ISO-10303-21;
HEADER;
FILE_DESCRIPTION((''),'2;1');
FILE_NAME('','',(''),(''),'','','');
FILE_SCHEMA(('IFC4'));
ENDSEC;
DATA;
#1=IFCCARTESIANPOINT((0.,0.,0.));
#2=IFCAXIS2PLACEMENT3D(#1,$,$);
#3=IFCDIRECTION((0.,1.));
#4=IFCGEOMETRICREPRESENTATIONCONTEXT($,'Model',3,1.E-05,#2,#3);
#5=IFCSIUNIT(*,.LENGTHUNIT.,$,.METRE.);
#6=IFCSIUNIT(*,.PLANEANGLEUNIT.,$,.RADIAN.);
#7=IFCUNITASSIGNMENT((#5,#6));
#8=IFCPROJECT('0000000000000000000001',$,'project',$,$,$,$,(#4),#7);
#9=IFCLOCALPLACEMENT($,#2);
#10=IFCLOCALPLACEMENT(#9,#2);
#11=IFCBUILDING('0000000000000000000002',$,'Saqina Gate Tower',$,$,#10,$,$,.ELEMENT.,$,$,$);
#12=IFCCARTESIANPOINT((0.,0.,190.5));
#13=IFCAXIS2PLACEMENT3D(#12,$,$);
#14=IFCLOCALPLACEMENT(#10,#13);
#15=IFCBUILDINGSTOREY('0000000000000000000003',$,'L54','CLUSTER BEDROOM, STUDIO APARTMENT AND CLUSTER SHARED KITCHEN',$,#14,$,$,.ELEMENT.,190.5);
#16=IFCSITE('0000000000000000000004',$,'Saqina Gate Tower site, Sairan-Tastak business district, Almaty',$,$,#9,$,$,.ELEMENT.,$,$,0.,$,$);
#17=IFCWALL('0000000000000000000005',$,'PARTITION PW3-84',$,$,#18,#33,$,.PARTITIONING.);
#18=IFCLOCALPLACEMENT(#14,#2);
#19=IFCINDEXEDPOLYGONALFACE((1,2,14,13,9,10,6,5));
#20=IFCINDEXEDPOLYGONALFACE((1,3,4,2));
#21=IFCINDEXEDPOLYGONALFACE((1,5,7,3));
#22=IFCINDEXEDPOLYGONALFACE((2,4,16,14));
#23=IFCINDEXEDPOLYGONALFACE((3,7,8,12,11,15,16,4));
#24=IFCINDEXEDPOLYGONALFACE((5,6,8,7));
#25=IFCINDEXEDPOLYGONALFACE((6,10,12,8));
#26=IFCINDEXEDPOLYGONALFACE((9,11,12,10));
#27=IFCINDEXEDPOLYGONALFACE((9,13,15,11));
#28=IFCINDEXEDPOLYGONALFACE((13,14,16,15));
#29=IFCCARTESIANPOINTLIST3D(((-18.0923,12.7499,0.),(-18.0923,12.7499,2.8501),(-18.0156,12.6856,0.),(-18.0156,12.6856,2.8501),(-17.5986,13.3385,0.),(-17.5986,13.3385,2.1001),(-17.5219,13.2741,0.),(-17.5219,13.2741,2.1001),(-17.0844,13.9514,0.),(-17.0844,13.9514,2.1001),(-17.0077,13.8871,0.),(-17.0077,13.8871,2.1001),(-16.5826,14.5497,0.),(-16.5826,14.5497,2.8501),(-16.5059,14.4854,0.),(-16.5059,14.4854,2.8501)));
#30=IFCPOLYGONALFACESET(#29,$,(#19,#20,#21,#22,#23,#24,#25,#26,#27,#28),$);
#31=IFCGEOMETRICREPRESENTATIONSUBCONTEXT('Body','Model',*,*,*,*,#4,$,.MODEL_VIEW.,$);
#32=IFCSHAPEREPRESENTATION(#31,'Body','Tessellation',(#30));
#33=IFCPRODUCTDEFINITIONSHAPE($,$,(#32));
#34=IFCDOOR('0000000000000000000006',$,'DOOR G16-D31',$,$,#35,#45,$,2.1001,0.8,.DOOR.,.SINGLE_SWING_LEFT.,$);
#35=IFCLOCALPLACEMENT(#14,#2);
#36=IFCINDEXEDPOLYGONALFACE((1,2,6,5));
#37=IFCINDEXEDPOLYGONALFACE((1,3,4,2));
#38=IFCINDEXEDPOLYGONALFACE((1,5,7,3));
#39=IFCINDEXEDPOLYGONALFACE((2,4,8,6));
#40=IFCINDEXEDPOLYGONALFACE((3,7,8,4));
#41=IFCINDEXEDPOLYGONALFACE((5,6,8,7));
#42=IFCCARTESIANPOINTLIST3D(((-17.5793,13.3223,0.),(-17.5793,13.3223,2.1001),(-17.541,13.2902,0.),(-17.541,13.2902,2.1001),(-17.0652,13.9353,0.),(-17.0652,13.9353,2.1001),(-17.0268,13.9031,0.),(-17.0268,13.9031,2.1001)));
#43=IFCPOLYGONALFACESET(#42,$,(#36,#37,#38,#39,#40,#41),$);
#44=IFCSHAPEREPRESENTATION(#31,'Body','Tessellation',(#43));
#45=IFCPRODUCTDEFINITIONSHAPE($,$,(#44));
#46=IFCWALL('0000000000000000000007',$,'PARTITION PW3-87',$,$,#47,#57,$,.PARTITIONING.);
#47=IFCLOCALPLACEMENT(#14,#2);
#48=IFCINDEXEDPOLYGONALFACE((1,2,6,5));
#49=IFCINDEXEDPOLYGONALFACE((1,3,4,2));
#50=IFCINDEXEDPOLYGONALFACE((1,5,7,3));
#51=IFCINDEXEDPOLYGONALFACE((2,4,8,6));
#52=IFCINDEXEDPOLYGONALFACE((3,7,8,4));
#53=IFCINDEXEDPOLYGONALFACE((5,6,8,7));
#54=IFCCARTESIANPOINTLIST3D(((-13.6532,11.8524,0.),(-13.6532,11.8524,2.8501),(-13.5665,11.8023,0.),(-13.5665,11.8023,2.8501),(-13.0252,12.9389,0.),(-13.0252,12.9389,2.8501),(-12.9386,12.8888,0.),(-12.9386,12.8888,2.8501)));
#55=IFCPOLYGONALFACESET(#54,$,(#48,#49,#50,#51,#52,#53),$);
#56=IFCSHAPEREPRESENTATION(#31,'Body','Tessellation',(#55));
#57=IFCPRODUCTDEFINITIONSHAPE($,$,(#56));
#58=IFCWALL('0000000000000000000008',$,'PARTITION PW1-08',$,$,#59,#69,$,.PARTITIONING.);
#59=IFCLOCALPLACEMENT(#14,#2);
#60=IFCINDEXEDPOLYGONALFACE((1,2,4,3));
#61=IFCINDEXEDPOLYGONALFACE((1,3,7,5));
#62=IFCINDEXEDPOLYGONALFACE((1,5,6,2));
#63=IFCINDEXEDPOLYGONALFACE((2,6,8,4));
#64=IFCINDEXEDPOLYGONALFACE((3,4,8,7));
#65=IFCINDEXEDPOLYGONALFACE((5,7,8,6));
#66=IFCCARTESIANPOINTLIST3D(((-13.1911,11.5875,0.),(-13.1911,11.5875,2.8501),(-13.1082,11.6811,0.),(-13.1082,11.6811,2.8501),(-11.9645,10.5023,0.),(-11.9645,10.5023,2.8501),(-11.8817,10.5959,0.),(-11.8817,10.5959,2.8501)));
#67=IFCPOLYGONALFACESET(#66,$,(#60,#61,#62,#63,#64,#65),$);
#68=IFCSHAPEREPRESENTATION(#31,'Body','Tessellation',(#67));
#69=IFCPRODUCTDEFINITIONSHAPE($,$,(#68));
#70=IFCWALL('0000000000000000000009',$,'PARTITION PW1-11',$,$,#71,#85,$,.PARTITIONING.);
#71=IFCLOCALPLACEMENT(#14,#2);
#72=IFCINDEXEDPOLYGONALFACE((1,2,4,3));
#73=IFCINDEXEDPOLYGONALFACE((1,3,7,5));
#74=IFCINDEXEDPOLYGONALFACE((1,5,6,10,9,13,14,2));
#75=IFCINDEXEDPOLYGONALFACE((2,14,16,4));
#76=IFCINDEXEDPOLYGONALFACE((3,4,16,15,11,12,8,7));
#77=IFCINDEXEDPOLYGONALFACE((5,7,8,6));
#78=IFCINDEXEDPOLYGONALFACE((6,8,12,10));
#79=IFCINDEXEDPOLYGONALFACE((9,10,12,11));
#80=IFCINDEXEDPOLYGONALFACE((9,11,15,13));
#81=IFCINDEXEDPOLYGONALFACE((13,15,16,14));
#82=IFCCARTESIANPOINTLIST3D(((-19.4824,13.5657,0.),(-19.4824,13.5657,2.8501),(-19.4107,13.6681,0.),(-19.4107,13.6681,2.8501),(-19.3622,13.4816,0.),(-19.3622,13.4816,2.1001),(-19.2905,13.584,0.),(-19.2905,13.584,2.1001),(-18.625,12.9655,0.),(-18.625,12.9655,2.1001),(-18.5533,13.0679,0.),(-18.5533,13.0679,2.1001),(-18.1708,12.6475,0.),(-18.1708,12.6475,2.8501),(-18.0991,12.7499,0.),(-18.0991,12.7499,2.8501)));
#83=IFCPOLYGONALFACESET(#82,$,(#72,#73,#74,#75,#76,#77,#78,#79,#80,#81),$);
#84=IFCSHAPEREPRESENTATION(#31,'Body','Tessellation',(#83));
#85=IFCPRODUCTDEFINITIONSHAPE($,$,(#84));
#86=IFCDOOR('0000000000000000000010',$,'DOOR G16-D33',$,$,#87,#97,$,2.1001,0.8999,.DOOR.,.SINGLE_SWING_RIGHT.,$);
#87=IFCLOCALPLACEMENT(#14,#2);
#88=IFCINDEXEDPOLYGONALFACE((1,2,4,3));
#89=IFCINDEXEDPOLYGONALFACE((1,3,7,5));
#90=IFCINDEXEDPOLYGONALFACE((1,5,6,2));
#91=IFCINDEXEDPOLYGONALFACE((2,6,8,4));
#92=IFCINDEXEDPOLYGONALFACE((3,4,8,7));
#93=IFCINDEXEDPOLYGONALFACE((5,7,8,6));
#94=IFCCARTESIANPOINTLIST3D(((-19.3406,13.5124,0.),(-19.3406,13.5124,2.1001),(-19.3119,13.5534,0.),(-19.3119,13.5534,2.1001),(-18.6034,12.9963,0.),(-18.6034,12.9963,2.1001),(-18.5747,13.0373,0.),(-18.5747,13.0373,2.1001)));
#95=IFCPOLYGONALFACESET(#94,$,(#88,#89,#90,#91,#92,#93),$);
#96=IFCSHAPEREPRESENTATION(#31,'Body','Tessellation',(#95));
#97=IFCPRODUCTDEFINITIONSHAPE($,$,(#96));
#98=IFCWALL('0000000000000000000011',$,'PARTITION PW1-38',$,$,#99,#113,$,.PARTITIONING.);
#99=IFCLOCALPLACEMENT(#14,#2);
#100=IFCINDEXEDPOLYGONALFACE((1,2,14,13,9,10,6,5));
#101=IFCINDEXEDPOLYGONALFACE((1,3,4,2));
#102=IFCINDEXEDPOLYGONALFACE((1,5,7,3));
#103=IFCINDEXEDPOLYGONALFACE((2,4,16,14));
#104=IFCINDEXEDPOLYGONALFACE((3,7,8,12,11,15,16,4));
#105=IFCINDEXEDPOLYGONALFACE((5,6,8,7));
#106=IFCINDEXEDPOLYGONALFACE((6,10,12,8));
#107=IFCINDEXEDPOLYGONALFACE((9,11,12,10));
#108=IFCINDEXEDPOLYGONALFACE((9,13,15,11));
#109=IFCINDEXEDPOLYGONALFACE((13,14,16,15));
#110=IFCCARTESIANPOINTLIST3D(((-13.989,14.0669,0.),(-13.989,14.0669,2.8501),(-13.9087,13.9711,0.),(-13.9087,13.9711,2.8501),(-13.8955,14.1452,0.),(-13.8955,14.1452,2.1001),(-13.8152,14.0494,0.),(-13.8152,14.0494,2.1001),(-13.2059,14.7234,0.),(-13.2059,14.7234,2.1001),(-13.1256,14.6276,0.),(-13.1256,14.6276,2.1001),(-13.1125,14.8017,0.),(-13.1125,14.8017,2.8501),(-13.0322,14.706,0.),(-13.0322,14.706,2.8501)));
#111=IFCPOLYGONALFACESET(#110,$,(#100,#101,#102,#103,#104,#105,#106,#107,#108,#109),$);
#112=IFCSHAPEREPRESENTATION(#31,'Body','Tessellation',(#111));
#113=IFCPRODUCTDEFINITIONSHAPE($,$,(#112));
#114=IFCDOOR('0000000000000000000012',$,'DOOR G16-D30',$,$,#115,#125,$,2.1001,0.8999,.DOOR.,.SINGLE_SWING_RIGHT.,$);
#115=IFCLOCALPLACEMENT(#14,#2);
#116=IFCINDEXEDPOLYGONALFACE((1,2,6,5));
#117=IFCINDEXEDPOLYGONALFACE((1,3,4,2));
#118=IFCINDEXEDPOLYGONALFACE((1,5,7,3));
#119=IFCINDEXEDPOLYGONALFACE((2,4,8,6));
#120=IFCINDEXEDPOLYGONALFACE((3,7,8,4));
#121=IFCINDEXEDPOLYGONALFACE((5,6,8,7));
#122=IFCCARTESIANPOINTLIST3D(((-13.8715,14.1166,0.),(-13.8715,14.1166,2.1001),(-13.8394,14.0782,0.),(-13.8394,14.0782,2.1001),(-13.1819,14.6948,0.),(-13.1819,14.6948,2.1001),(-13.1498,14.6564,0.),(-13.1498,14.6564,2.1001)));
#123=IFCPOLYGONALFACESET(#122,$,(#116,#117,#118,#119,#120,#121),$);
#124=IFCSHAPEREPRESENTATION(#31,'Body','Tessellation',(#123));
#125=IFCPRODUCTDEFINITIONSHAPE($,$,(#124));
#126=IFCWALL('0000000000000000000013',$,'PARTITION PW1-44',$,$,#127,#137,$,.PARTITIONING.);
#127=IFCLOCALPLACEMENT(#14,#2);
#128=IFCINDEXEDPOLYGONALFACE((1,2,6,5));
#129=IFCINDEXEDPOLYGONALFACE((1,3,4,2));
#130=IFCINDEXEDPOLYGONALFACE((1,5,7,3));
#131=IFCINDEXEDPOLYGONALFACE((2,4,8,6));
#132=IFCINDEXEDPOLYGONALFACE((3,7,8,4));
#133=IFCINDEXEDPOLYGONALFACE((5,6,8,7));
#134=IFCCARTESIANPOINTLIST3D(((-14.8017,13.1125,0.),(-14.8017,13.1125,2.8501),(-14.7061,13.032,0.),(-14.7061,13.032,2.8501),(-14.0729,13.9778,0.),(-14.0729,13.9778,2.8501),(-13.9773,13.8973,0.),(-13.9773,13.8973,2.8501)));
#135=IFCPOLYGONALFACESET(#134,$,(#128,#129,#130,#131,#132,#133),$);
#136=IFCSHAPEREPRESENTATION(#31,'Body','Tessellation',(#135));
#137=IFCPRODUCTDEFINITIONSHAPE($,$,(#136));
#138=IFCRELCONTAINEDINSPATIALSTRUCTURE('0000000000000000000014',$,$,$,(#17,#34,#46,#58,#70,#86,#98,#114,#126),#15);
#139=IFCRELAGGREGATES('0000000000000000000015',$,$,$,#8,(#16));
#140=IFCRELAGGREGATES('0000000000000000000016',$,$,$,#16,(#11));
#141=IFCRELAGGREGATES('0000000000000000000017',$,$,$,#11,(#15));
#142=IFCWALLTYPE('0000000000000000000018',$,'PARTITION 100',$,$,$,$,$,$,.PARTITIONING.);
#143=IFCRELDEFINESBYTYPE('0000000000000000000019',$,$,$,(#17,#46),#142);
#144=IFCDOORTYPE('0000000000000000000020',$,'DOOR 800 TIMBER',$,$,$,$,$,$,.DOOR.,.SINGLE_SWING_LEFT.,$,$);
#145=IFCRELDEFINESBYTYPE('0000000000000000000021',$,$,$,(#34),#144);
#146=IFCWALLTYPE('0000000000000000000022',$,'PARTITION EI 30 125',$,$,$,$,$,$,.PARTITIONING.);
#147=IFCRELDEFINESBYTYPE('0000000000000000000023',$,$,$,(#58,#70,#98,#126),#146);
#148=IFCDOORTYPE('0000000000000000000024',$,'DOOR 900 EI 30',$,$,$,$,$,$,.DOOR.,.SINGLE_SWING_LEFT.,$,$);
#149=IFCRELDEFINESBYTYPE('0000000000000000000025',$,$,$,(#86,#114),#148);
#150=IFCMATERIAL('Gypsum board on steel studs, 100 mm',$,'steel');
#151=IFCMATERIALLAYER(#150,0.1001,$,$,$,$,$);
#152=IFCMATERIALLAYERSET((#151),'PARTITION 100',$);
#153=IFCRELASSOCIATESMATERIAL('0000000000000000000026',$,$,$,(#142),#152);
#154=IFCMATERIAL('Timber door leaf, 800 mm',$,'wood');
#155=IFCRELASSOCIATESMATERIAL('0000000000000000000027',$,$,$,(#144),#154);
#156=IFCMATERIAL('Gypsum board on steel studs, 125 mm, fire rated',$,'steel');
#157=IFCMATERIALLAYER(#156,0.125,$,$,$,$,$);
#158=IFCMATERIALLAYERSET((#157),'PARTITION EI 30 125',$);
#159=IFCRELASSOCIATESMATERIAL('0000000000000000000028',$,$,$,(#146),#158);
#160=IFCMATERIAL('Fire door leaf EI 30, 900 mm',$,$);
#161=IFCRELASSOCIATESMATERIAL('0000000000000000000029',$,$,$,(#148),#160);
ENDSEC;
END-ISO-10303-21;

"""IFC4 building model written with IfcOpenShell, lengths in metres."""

from ifc_helpers import new_model, si_unit, direction, frame, frame_2d, origin, place, context, subcontext, project, spatial, rectangle, extrude, material, layer, layer_set, type_object, element, fill, save


model = new_model("IFC4")

# Units and contexts
model_context = context("Model", 3, precision=1e-05, world=origin(), true_north=direction((0.0, 1.0)))
body_context = subcontext(model_context, "Body", "Model", "MODEL_VIEW")
ifc_project = project(units=[si_unit("LENGTHUNIT", "METRE"), si_unit("PLANEANGLEUNIT", "RADIAN")], contexts=[model_context])

# Site, building, storey
site_placement = place(None, origin())
site = spatial("IfcSite", under=ifc_project, at=site_placement, Name="Saqina Gate Tower site, Sairan-Tastak business district, Almaty", CompositionType="ELEMENT", RefElevation=0.0)
building_placement = place(site_placement, origin())
building = spatial("IfcBuilding", under=site, at=building_placement, Name="Saqina Gate Tower", CompositionType="ELEMENT")
storey_placement = place(building_placement, frame((0.0, 0.0, 190.5)))
storey = spatial("IfcBuildingStorey", under=building, at=storey_placement, Name="L54", Description="CLUSTER BEDROOM, STUDIO APARTMENT AND CLUSTER SHARED KITCHEN", CompositionType="ELEMENT", Elevation=190.5)

# Shared definitions
ifc_material_1 = material(Name="Gypsum board on steel studs, 100 mm", Category="steel")
ifc_layer_1 = layer(ifc_material_1, 0.1001)
ifc_layer_set_1 = layer_set([ifc_layer_1], Name="PARTITION 100")
wall_type_1 = type_object("IfcWallType", Name="PARTITION 100", PredefinedType="PARTITIONING", material=ifc_layer_set_1)
ifc_material_2 = material(Name="Timber door leaf, 800 mm", Category="wood")
door_type_1 = type_object("IfcDoorType", Name="DOOR 800 TIMBER", OperationType="SINGLE_SWING_LEFT", PredefinedType="DOOR", material=ifc_material_2)

# Wall, opening, door
wall_1_placement = place(storey_placement, frame((-18.054, 12.7178, 0.0), z_axis=(0.0, 0.0, 1.0), x_axis=(0.642675, 0.766139, 0.0)))
wall_1 = element("IfcWall", 1, at=wall_1_placement, inside=storey, type_object=wall_type_1, Name="PARTITION PW3-84", PredefinedType="PARTITIONING", context=body_context, shape_type="SweptSolid", body=[
    extrude(rectangle(XDim=2.3491, YDim=0.1001, at=frame_2d((1.1746, 0.0))), origin(), (0.0, 0.0, 1.0), 2.8501),
])
opening_1_placement = place(wall_1_placement, frame((0.7683, 0.0, 0.0)))
opening_1 = element("IfcOpeningElement", 2, at=opening_1_placement, cuts=wall_1, PredefinedType="OPENING", context=body_context, shape_type="SweptSolid", body=[
    extrude(rectangle(XDim=0.8, YDim=2.1001, at=frame_2d((0.3999, 1.05))), frame((0.0, 0.062, 0.0), z_axis=(0.0, -1.0, 0.0), x_axis=(1.0, 0.0, 0.0)), (0.0, 0.0, 1.0), 0.124),
])
door_1_placement = place(opening_1_placement, origin())
door_1 = element("IfcDoor", 3, at=door_1_placement, inside=storey, type_object=door_type_1, Name="DOOR G16-D31", OperationType="SINGLE_SWING_LEFT", OverallHeight=2.1001, OverallWidth=0.8, PredefinedType="DOOR", context=body_context, shape_type="SweptSolid", body=[
    extrude(rectangle(XDim=0.8, YDim=2.1001, at=frame_2d((0.3999, 1.05))), frame((0.0, 0.0249, 0.0), z_axis=(0.0, -1.0, 0.0), x_axis=(1.0, 0.0, 0.0)), (0.0, 0.0, 1.0), 0.05),
])
fill(opening_1, door_1)

# Walls
wall_2_placement = place(storey_placement, frame((-13.6099, 11.8274, 0.0), z_axis=(0.0, 0.0, 1.0), x_axis=(0.500407, 0.86579, 0.0)))
element("IfcWall", 4, at=wall_2_placement, inside=storey, type_object=wall_type_1, Name="PARTITION PW3-87", PredefinedType="PARTITIONING", context=body_context, shape_type="SweptSolid", body=[
    extrude(rectangle(XDim=1.2549, YDim=0.1001, at=frame_2d((0.6274, 0.0))), origin(), (0.0, 0.0, 1.0), 2.8501),
])
ifc_material_3 = material(Name="Gypsum board on steel studs, 125 mm, fire rated", Category="steel")
ifc_layer_2 = layer(ifc_material_3, 0.125)
ifc_layer_set_2 = layer_set([ifc_layer_2], Name="PARTITION EI 30 125")
wall_type_2 = type_object("IfcWallType", Name="PARTITION EI 30 125", PredefinedType="PARTITIONING", material=ifc_layer_set_2)
wall_3_placement = place(storey_placement, frame((-13.1497, 11.6343, 0.0), z_axis=(0.0, 0.0, 1.0), x_axis=(0.748945, -0.662632, 0.0)))
element("IfcWall", 5, at=wall_3_placement, inside=storey, type_object=wall_type_2, Name="PARTITION PW1-08", PredefinedType="PARTITIONING", context=body_context, shape_type="SweptSolid", body=[
    extrude(rectangle(XDim=1.6377, YDim=0.125, at=frame_2d((0.8188, 0.0))), origin(), (0.0, 0.0, 1.0), 2.8501),
])

# Walls, openings, doors
wall_4_placement = place(storey_placement, frame((-19.4465, 13.6169, 0.0), z_axis=(0.0, 0.0, 1.0), x_axis=(0.819189, -0.573524, 0.0)))
wall_4 = element("IfcWall", 6, at=wall_4_placement, inside=storey, type_object=wall_type_2, Name="PARTITION PW1-11", PredefinedType="PARTITIONING", context=body_context, shape_type="SweptSolid", body=[
    extrude(rectangle(XDim=1.6011, YDim=0.125, at=frame_2d((0.8005, 0.0))), origin(), (0.0, 0.0, 1.0), 2.8501),
])
opening_2_placement = place(wall_4_placement, frame((0.1467, 0.0, 0.0)))
opening_2 = element("IfcOpeningElement", 7, at=opening_2_placement, cuts=wall_4, PredefinedType="OPENING", context=body_context, shape_type="SweptSolid", body=[
    extrude(rectangle(XDim=0.8999, YDim=2.1001, at=frame_2d((0.45, 1.05))), frame((0.0, 0.0745, 0.0), z_axis=(0.0, -1.0, 0.0), x_axis=(1.0, 0.0, 0.0)), (0.0, 0.0, 1.0), 0.1489),
])
ifc_material_4 = material(Name="Fire door leaf EI 30, 900 mm")
door_type_2 = type_object("IfcDoorType", Name="DOOR 900 EI 30", OperationType="SINGLE_SWING_LEFT", PredefinedType="DOOR", material=ifc_material_4)
door_2_placement = place(opening_2_placement, frame((0.8999, 0.0, 0.0), z_axis=(0.0, 0.0, 1.0), x_axis=(-1.0, 0.0, 0.0)))
door_2 = element("IfcDoor", 8, at=door_2_placement, inside=storey, type_object=door_type_2, Name="DOOR G16-D33", OperationType="SINGLE_SWING_RIGHT", OverallHeight=2.1001, OverallWidth=0.8999, PredefinedType="DOOR", context=body_context, shape_type="SweptSolid", body=[
    extrude(rectangle(XDim=0.8999, YDim=2.1001, at=frame_2d((0.45, 1.05))), frame((0.0, 0.0249, 0.0), z_axis=(0.0, -1.0, 0.0), x_axis=(1.0, 0.0, 0.0)), (0.0, 0.0, 1.0), 0.05),
])
fill(opening_2, door_2)
wall_5_placement = place(storey_placement, frame((-13.9487, 14.019, 0.0), z_axis=(0.0, 0.0, 1.0), x_axis=(0.766293, 0.642491, 0.0)))
wall_5 = element("IfcWall", 9, at=wall_5_placement, inside=storey, type_object=wall_type_2, Name="PARTITION PW1-38", PredefinedType="PARTITIONING", context=body_context, shape_type="SweptSolid", body=[
    extrude(rectangle(XDim=1.1438, YDim=0.125, at=frame_2d((0.5718, 0.0))), origin(), (0.0, 0.0, 1.0), 2.8501),
])
opening_3_placement = place(wall_5_placement, frame((0.1218, 0.0, 0.0)))
opening_3 = element("IfcOpeningElement", 10, at=opening_3_placement, cuts=wall_5, PredefinedType="OPENING", context=body_context, shape_type="SweptSolid", body=[
    extrude(rectangle(XDim=0.8999, YDim=2.1001, at=frame_2d((0.45, 1.05))), frame((0.0, 0.0745, 0.0), z_axis=(0.0, -1.0, 0.0), x_axis=(1.0, 0.0, 0.0)), (0.0, 0.0, 1.0), 0.1489),
])
door_3_placement = place(opening_3_placement, frame((0.8999, 0.0, 0.0), z_axis=(0.0, 0.0, 1.0), x_axis=(-1.0, 0.0, 0.0)))
door_3 = element("IfcDoor", 11, at=door_3_placement, inside=storey, type_object=door_type_2, Name="DOOR G16-D30", OperationType="SINGLE_SWING_RIGHT", OverallHeight=2.1001, OverallWidth=0.8999, PredefinedType="DOOR", context=body_context, shape_type="SweptSolid", body=[
    extrude(rectangle(XDim=0.8999, YDim=2.1001, at=frame_2d((0.45, 1.05))), frame((0.0, 0.0249, 0.0), z_axis=(0.0, -1.0, 0.0), x_axis=(1.0, 0.0, 0.0)), (0.0, 0.0, 1.0), 0.05),
])
fill(opening_3, door_3)

# Wall
wall_6_placement = place(storey_placement, frame((-14.7539, 13.0723, 0.0), z_axis=(0.0, 0.0, 1.0), x_axis=(0.644209, 0.76485, 0.0)))
element("IfcWall", 12, at=wall_6_placement, inside=storey, type_object=wall_type_2, Name="PARTITION PW1-44", PredefinedType="PARTITIONING", context=body_context, shape_type="SweptSolid", body=[
    extrude(rectangle(XDim=1.1313, YDim=0.125, at=frame_2d((0.5657, 0.0))), origin(), (0.0, 0.0, 1.0), 2.8501),
])

save(model, "model.ifc")
